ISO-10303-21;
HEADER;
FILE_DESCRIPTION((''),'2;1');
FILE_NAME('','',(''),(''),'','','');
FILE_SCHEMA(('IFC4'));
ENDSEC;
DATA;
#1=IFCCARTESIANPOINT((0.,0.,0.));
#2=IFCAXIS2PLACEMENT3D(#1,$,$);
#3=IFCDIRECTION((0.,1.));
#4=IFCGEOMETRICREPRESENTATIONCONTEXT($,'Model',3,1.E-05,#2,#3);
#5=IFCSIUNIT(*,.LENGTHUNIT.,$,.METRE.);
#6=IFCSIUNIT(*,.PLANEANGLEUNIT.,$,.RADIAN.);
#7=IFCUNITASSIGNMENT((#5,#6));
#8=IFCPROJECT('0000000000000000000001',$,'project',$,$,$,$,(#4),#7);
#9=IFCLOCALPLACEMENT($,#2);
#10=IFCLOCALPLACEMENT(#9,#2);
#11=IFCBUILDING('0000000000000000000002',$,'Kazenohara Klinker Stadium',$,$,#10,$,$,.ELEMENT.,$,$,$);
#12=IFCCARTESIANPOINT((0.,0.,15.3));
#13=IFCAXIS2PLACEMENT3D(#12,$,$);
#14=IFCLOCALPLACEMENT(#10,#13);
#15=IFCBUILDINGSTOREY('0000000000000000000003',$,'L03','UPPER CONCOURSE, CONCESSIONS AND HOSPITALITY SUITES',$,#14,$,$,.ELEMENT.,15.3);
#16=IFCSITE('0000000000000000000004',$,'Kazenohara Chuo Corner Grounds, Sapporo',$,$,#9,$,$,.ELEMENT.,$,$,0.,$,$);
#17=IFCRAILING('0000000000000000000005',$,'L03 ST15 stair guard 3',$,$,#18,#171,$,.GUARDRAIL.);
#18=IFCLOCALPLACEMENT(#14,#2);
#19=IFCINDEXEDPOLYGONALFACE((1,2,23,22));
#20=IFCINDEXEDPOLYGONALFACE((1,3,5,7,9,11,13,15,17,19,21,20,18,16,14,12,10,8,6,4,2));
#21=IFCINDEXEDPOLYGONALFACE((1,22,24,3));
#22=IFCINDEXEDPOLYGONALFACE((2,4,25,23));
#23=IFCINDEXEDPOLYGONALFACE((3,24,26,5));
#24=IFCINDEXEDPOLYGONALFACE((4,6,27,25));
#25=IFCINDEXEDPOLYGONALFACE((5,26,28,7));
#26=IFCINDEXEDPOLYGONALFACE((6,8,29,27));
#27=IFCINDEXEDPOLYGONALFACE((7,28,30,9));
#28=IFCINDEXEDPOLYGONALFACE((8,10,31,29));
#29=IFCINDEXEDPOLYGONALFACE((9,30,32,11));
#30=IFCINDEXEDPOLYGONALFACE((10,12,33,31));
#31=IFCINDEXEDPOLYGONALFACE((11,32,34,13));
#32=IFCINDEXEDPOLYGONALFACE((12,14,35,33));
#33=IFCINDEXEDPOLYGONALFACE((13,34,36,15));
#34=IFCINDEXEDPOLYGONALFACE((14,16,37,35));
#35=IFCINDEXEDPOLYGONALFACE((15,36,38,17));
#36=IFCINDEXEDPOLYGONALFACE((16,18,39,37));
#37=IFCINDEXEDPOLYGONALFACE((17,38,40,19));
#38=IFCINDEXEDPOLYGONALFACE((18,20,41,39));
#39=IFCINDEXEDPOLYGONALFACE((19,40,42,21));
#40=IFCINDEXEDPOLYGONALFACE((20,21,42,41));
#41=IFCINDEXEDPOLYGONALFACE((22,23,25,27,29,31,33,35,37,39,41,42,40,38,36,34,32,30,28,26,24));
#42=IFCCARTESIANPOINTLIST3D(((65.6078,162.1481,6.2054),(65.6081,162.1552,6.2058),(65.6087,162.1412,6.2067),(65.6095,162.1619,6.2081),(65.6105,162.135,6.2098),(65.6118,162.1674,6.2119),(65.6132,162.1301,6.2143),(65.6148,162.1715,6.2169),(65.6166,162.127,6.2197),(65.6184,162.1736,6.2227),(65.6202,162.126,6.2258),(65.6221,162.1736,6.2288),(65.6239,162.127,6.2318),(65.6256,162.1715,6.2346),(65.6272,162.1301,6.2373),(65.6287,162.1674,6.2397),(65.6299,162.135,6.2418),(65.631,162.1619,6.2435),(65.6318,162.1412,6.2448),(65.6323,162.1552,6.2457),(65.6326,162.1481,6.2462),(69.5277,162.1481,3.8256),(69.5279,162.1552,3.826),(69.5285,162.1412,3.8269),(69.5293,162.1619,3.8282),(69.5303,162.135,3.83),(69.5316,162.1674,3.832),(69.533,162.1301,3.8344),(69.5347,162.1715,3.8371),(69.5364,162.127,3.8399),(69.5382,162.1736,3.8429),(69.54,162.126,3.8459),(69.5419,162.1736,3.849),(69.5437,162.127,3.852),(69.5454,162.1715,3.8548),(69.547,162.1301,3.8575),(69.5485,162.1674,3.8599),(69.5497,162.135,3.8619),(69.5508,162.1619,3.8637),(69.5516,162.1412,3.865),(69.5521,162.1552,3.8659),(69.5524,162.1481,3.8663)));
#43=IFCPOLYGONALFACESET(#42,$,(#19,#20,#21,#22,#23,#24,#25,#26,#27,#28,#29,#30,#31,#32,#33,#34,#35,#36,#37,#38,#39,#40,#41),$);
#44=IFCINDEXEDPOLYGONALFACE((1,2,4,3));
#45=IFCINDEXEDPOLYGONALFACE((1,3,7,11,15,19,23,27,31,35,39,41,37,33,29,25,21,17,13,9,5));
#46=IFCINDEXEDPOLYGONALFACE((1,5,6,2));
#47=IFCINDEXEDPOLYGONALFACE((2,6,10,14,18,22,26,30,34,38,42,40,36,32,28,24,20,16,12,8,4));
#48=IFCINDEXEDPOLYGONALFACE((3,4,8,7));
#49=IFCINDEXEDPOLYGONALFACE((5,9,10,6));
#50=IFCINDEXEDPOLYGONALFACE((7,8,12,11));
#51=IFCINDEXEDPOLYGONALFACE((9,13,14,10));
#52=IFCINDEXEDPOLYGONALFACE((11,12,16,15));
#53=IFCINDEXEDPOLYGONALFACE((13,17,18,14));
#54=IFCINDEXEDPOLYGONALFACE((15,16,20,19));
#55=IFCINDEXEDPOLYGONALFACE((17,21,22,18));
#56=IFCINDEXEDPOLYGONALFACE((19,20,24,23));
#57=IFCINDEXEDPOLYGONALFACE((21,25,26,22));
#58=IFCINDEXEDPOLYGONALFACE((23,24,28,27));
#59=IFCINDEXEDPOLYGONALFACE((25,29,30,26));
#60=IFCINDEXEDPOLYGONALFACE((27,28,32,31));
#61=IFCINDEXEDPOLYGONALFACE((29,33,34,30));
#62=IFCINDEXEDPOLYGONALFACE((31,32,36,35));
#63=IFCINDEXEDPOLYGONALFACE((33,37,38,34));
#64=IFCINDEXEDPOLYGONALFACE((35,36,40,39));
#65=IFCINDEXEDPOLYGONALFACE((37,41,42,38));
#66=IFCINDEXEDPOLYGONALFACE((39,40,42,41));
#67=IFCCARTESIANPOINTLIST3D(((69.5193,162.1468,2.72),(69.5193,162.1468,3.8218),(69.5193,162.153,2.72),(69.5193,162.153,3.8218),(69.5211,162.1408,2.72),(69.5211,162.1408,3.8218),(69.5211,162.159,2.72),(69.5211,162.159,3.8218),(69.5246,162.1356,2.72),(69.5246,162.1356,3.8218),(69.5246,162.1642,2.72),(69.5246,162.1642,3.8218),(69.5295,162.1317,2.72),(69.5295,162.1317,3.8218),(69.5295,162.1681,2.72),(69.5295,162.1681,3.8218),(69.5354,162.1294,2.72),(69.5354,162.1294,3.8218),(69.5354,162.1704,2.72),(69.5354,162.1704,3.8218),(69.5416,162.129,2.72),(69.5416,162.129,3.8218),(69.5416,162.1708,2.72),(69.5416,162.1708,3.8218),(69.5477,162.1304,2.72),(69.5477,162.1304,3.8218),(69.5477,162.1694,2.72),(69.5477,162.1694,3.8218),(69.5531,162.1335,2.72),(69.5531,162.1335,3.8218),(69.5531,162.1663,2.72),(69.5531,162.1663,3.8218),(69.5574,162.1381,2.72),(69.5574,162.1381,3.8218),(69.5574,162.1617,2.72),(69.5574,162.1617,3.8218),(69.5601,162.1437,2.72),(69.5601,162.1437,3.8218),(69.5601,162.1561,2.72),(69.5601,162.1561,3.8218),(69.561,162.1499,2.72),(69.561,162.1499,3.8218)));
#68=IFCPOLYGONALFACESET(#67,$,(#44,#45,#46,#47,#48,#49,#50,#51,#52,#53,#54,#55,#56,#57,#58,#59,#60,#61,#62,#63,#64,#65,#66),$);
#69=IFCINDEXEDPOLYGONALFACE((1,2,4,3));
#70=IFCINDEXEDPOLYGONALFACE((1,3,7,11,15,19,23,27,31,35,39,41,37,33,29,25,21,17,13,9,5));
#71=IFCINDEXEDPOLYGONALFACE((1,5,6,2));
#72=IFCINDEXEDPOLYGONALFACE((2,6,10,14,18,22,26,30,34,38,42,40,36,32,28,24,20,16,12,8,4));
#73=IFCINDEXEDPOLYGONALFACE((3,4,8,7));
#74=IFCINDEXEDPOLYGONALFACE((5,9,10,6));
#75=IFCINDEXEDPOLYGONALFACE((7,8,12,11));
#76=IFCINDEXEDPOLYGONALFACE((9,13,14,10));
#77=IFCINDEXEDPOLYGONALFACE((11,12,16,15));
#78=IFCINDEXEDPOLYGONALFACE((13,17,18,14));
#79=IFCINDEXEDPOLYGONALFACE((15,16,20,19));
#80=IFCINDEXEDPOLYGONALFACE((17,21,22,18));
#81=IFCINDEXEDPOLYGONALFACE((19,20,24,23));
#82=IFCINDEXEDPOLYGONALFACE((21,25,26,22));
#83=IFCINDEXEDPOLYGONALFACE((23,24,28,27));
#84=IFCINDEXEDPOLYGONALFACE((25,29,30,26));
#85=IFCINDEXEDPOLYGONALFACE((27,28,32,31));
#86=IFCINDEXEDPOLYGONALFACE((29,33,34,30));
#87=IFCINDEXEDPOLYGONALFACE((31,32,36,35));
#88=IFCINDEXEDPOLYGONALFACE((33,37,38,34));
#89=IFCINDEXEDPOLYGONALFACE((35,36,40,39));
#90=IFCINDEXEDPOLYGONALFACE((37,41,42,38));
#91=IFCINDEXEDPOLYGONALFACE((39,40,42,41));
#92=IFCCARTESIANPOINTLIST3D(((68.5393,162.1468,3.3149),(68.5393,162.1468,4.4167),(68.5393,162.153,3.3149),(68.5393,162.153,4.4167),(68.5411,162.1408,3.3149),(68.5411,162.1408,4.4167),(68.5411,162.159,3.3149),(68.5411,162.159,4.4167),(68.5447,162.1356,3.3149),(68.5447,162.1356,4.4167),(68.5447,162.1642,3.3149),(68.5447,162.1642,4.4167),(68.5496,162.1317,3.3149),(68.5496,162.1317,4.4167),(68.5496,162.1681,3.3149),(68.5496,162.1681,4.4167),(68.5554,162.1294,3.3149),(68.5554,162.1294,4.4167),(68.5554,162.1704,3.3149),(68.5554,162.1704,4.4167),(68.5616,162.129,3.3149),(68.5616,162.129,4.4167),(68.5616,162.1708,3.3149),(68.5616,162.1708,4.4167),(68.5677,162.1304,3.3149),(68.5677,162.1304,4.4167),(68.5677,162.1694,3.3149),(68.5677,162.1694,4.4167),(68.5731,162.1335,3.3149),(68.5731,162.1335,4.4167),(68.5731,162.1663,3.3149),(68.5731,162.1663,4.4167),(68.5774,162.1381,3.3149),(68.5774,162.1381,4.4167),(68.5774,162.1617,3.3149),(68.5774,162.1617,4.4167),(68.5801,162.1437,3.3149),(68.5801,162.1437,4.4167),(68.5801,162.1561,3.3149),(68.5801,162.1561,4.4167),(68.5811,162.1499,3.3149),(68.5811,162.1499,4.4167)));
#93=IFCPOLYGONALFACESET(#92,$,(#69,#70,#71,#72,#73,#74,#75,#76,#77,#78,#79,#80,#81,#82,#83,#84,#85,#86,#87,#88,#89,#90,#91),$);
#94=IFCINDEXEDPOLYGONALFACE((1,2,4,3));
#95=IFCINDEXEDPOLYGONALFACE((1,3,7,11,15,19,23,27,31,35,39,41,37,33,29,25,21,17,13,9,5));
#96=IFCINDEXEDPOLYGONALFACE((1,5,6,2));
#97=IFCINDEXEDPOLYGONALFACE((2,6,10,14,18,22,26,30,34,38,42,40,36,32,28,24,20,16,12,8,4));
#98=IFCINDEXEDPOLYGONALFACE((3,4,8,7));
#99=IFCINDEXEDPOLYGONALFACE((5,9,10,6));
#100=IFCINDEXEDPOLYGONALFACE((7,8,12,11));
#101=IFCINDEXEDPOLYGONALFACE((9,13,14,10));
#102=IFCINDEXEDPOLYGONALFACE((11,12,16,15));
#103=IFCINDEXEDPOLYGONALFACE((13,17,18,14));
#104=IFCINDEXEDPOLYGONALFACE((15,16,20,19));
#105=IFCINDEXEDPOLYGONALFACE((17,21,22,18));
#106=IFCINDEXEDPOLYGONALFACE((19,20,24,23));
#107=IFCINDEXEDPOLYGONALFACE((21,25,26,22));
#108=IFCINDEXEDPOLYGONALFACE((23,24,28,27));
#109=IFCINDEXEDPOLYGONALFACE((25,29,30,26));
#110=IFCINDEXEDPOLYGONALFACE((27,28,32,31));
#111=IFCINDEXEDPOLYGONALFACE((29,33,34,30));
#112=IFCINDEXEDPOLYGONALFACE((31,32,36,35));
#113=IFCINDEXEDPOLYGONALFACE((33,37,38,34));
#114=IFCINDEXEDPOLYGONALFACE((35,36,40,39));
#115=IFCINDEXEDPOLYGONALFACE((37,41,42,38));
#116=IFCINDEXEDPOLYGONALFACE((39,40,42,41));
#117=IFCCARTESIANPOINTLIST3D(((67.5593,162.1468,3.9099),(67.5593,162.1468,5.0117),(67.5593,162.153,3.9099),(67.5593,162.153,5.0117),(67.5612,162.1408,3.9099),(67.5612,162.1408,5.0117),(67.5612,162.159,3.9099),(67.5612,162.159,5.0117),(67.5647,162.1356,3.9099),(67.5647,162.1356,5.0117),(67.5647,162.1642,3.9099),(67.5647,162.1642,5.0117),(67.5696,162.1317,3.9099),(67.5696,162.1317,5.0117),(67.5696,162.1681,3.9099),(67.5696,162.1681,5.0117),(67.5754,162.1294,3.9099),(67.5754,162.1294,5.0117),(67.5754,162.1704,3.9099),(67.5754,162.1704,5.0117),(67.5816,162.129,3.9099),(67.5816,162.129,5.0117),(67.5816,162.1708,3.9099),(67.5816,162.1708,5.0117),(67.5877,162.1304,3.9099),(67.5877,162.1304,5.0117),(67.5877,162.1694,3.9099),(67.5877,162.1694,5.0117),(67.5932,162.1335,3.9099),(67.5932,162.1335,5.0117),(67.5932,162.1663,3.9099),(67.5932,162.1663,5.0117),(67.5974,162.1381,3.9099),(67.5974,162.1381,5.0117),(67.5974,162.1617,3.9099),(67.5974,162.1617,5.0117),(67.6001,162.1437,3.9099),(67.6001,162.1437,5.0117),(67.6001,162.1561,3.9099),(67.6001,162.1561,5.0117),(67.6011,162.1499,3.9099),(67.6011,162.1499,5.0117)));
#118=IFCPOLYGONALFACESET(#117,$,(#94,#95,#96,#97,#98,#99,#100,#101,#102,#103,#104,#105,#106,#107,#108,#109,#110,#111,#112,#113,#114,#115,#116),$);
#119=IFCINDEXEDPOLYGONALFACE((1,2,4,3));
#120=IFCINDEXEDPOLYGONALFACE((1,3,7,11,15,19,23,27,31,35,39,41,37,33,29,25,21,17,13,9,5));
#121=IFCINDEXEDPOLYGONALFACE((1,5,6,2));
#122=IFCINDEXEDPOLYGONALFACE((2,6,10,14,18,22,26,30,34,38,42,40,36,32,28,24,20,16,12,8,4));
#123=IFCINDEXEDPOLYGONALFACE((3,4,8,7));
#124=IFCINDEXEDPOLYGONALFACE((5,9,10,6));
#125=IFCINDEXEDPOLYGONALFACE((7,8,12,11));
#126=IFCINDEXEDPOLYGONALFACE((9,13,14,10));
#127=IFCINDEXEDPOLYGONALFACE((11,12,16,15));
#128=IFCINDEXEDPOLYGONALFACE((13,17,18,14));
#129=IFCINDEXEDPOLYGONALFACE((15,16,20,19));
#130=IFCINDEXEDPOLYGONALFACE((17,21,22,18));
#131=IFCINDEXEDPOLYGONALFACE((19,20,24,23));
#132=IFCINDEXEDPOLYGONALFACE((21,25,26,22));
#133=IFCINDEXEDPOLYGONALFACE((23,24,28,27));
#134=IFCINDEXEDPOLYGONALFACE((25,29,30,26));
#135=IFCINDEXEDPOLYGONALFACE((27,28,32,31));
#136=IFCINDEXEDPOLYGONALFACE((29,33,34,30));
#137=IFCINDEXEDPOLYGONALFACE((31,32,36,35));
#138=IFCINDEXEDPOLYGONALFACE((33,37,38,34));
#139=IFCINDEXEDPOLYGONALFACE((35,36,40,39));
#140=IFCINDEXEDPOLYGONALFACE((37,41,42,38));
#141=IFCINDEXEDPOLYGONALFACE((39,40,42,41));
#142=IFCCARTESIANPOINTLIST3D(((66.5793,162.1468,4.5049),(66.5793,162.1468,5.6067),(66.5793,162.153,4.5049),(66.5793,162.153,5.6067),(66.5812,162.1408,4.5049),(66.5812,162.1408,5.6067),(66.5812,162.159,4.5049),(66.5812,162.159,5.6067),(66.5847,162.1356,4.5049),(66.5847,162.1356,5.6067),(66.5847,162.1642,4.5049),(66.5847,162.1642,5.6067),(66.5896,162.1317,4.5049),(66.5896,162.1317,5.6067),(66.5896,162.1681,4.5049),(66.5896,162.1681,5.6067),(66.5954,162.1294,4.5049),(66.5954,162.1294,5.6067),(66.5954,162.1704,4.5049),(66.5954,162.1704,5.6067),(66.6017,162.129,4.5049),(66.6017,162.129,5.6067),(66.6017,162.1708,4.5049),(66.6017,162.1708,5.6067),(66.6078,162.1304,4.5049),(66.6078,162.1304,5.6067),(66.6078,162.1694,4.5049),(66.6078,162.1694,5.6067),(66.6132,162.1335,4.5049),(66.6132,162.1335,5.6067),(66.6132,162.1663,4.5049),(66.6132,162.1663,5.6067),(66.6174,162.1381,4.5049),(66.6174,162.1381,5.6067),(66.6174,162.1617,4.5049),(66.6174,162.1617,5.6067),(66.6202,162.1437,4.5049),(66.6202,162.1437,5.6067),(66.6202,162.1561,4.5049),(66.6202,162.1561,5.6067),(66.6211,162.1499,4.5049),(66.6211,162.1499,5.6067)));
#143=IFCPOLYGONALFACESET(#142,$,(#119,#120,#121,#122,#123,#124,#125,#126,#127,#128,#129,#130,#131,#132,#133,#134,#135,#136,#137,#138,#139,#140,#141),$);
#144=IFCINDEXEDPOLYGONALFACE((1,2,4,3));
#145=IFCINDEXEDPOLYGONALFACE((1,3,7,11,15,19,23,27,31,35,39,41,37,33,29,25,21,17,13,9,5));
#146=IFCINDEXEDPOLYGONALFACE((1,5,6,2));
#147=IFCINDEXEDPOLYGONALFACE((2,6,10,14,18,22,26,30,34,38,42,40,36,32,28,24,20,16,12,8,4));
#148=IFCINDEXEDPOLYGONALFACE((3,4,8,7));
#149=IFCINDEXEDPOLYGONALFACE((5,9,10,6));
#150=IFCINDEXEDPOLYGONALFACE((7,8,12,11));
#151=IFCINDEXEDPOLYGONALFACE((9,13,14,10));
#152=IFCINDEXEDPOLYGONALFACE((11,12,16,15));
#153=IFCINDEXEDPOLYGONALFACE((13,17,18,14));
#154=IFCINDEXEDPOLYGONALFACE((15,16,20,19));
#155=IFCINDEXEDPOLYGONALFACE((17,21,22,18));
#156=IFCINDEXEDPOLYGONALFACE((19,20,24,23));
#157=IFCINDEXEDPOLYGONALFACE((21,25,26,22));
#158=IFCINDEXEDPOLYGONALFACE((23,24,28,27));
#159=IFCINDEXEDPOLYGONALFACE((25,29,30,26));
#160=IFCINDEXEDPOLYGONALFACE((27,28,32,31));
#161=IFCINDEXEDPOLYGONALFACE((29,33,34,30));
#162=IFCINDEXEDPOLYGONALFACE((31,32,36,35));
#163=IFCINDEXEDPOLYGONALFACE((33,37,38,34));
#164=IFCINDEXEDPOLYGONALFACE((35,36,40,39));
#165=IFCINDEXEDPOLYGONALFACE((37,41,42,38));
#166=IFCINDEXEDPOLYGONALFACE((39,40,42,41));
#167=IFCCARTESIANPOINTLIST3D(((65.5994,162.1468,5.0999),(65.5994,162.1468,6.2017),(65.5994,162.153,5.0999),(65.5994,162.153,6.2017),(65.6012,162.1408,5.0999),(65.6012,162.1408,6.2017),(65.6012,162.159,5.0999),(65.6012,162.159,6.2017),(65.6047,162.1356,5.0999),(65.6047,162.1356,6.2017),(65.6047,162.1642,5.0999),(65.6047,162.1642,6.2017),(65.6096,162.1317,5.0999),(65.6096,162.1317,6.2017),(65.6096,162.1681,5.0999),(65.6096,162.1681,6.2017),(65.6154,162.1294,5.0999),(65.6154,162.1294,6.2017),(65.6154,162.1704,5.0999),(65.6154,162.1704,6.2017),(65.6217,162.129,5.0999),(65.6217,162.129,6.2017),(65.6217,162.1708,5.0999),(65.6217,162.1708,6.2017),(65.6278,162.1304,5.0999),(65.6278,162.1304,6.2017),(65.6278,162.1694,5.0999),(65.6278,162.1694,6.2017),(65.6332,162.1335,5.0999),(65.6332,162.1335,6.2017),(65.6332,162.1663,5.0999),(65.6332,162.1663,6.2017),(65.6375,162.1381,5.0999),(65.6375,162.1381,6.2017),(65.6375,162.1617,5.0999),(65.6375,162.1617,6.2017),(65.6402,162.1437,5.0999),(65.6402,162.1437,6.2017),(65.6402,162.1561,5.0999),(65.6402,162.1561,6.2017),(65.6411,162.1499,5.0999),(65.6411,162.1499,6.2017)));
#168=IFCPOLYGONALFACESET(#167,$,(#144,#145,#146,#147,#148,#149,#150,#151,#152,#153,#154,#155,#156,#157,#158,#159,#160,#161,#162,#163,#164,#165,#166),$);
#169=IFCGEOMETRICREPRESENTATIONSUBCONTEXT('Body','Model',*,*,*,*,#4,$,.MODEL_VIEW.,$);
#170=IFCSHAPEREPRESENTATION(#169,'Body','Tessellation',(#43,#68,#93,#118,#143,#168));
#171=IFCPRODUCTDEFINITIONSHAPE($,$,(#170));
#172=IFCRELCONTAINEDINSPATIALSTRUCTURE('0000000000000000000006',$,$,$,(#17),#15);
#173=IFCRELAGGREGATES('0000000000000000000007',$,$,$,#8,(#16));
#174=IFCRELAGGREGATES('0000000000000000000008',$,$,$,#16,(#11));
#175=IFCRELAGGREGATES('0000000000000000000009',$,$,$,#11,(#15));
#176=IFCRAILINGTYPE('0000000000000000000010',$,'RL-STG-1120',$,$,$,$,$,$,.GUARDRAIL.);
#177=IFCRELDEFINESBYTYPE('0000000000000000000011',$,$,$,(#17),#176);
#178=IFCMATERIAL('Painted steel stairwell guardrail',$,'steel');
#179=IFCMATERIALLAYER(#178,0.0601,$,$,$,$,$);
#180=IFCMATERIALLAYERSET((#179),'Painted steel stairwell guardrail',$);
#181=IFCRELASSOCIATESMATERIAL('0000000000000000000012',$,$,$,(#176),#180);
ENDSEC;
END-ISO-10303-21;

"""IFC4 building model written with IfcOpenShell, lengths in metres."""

from ifc_helpers import new_model, si_unit, direction, frame, origin, origin_2d, place, context, subcontext, project, spatial, circle, extrude, material, layer, layer_set, type_object, element, save


model = new_model("IFC4")

# Units and contexts
model_context = context("Model", 3, precision=1e-05, world=origin(), true_north=direction((0.0, 1.0)))
body_context = subcontext(model_context, "Body", "Model", "MODEL_VIEW")
ifc_project = project(units=[si_unit("LENGTHUNIT", "METRE"), si_unit("PLANEANGLEUNIT", "RADIAN")], contexts=[model_context])

# Site, building, storey
site_placement = place(None, origin())
site = spatial("IfcSite", under=ifc_project, at=site_placement, Name="Kazenohara Chuo Corner Grounds, Sapporo", CompositionType="ELEMENT", RefElevation=0.0)
building_placement = place(site_placement, origin())
building = spatial("IfcBuilding", under=site, at=building_placement, Name="Kazenohara Klinker Stadium", CompositionType="ELEMENT")
storey_placement = place(building_placement, frame((0.0, 0.0, 15.3)))
storey = spatial("IfcBuildingStorey", under=building, at=storey_placement, Name="L03", Description="UPPER CONCOURSE, CONCESSIONS AND HOSPITALITY SUITES", CompositionType="ELEMENT", Elevation=15.3)

# Railing
ifc_material_1 = material(Name="Painted steel stairwell guardrail", Category="steel")
ifc_layer_1 = layer(ifc_material_1, 0.0601)
ifc_layer_set_1 = layer_set([ifc_layer_1], Name="Painted steel stairwell guardrail")
railing_type_1 = type_object("IfcRailingType", Name="RL-STG-1120", PredefinedType="GUARDRAIL", material=ifc_layer_set_1)
railing_1_placement = place(storey_placement, frame((69.54, 162.1499, 2.72)))
element("IfcRailing", 1, at=railing_1_placement, inside=storey, type_object=railing_type_1, Name="L03 ST15 stair guard 3", PredefinedType="GUARDRAIL", context=body_context, shape_type="SweptSolid", body=[
    extrude(circle(Radius=0.0239, at=origin_2d()), frame((0.0, 0.0, 1.126), z_axis=(-0.854794, 0.0, 0.518967), x_axis=(0.0, -1.0, 0.0)), (0.0, 0.0, 1.0), 4.5857),
    extrude(circle(Radius=0.021, at=origin_2d()), origin(), (0.0, 0.0, 1.0), 1.1018),
    extrude(circle(Radius=0.021, at=origin_2d()), frame((-0.98, 0.0, 0.595)), (0.0, 0.0, 1.0), 1.1018),
    extrude(circle(Radius=0.021, at=origin_2d()), frame((-1.96, 0.0, 1.1899)), (0.0, 0.0, 1.0), 1.1018),
    extrude(circle(Radius=0.021, at=origin_2d()), frame((-2.9399, 0.0, 1.7849)), (0.0, 0.0, 1.0), 1.1018),
    extrude(circle(Radius=0.021, at=origin_2d()), frame((-3.9199, 0.0, 2.3799)), (0.0, 0.0, 1.0), 1.1018),
])

save(model, "model.ifc")
